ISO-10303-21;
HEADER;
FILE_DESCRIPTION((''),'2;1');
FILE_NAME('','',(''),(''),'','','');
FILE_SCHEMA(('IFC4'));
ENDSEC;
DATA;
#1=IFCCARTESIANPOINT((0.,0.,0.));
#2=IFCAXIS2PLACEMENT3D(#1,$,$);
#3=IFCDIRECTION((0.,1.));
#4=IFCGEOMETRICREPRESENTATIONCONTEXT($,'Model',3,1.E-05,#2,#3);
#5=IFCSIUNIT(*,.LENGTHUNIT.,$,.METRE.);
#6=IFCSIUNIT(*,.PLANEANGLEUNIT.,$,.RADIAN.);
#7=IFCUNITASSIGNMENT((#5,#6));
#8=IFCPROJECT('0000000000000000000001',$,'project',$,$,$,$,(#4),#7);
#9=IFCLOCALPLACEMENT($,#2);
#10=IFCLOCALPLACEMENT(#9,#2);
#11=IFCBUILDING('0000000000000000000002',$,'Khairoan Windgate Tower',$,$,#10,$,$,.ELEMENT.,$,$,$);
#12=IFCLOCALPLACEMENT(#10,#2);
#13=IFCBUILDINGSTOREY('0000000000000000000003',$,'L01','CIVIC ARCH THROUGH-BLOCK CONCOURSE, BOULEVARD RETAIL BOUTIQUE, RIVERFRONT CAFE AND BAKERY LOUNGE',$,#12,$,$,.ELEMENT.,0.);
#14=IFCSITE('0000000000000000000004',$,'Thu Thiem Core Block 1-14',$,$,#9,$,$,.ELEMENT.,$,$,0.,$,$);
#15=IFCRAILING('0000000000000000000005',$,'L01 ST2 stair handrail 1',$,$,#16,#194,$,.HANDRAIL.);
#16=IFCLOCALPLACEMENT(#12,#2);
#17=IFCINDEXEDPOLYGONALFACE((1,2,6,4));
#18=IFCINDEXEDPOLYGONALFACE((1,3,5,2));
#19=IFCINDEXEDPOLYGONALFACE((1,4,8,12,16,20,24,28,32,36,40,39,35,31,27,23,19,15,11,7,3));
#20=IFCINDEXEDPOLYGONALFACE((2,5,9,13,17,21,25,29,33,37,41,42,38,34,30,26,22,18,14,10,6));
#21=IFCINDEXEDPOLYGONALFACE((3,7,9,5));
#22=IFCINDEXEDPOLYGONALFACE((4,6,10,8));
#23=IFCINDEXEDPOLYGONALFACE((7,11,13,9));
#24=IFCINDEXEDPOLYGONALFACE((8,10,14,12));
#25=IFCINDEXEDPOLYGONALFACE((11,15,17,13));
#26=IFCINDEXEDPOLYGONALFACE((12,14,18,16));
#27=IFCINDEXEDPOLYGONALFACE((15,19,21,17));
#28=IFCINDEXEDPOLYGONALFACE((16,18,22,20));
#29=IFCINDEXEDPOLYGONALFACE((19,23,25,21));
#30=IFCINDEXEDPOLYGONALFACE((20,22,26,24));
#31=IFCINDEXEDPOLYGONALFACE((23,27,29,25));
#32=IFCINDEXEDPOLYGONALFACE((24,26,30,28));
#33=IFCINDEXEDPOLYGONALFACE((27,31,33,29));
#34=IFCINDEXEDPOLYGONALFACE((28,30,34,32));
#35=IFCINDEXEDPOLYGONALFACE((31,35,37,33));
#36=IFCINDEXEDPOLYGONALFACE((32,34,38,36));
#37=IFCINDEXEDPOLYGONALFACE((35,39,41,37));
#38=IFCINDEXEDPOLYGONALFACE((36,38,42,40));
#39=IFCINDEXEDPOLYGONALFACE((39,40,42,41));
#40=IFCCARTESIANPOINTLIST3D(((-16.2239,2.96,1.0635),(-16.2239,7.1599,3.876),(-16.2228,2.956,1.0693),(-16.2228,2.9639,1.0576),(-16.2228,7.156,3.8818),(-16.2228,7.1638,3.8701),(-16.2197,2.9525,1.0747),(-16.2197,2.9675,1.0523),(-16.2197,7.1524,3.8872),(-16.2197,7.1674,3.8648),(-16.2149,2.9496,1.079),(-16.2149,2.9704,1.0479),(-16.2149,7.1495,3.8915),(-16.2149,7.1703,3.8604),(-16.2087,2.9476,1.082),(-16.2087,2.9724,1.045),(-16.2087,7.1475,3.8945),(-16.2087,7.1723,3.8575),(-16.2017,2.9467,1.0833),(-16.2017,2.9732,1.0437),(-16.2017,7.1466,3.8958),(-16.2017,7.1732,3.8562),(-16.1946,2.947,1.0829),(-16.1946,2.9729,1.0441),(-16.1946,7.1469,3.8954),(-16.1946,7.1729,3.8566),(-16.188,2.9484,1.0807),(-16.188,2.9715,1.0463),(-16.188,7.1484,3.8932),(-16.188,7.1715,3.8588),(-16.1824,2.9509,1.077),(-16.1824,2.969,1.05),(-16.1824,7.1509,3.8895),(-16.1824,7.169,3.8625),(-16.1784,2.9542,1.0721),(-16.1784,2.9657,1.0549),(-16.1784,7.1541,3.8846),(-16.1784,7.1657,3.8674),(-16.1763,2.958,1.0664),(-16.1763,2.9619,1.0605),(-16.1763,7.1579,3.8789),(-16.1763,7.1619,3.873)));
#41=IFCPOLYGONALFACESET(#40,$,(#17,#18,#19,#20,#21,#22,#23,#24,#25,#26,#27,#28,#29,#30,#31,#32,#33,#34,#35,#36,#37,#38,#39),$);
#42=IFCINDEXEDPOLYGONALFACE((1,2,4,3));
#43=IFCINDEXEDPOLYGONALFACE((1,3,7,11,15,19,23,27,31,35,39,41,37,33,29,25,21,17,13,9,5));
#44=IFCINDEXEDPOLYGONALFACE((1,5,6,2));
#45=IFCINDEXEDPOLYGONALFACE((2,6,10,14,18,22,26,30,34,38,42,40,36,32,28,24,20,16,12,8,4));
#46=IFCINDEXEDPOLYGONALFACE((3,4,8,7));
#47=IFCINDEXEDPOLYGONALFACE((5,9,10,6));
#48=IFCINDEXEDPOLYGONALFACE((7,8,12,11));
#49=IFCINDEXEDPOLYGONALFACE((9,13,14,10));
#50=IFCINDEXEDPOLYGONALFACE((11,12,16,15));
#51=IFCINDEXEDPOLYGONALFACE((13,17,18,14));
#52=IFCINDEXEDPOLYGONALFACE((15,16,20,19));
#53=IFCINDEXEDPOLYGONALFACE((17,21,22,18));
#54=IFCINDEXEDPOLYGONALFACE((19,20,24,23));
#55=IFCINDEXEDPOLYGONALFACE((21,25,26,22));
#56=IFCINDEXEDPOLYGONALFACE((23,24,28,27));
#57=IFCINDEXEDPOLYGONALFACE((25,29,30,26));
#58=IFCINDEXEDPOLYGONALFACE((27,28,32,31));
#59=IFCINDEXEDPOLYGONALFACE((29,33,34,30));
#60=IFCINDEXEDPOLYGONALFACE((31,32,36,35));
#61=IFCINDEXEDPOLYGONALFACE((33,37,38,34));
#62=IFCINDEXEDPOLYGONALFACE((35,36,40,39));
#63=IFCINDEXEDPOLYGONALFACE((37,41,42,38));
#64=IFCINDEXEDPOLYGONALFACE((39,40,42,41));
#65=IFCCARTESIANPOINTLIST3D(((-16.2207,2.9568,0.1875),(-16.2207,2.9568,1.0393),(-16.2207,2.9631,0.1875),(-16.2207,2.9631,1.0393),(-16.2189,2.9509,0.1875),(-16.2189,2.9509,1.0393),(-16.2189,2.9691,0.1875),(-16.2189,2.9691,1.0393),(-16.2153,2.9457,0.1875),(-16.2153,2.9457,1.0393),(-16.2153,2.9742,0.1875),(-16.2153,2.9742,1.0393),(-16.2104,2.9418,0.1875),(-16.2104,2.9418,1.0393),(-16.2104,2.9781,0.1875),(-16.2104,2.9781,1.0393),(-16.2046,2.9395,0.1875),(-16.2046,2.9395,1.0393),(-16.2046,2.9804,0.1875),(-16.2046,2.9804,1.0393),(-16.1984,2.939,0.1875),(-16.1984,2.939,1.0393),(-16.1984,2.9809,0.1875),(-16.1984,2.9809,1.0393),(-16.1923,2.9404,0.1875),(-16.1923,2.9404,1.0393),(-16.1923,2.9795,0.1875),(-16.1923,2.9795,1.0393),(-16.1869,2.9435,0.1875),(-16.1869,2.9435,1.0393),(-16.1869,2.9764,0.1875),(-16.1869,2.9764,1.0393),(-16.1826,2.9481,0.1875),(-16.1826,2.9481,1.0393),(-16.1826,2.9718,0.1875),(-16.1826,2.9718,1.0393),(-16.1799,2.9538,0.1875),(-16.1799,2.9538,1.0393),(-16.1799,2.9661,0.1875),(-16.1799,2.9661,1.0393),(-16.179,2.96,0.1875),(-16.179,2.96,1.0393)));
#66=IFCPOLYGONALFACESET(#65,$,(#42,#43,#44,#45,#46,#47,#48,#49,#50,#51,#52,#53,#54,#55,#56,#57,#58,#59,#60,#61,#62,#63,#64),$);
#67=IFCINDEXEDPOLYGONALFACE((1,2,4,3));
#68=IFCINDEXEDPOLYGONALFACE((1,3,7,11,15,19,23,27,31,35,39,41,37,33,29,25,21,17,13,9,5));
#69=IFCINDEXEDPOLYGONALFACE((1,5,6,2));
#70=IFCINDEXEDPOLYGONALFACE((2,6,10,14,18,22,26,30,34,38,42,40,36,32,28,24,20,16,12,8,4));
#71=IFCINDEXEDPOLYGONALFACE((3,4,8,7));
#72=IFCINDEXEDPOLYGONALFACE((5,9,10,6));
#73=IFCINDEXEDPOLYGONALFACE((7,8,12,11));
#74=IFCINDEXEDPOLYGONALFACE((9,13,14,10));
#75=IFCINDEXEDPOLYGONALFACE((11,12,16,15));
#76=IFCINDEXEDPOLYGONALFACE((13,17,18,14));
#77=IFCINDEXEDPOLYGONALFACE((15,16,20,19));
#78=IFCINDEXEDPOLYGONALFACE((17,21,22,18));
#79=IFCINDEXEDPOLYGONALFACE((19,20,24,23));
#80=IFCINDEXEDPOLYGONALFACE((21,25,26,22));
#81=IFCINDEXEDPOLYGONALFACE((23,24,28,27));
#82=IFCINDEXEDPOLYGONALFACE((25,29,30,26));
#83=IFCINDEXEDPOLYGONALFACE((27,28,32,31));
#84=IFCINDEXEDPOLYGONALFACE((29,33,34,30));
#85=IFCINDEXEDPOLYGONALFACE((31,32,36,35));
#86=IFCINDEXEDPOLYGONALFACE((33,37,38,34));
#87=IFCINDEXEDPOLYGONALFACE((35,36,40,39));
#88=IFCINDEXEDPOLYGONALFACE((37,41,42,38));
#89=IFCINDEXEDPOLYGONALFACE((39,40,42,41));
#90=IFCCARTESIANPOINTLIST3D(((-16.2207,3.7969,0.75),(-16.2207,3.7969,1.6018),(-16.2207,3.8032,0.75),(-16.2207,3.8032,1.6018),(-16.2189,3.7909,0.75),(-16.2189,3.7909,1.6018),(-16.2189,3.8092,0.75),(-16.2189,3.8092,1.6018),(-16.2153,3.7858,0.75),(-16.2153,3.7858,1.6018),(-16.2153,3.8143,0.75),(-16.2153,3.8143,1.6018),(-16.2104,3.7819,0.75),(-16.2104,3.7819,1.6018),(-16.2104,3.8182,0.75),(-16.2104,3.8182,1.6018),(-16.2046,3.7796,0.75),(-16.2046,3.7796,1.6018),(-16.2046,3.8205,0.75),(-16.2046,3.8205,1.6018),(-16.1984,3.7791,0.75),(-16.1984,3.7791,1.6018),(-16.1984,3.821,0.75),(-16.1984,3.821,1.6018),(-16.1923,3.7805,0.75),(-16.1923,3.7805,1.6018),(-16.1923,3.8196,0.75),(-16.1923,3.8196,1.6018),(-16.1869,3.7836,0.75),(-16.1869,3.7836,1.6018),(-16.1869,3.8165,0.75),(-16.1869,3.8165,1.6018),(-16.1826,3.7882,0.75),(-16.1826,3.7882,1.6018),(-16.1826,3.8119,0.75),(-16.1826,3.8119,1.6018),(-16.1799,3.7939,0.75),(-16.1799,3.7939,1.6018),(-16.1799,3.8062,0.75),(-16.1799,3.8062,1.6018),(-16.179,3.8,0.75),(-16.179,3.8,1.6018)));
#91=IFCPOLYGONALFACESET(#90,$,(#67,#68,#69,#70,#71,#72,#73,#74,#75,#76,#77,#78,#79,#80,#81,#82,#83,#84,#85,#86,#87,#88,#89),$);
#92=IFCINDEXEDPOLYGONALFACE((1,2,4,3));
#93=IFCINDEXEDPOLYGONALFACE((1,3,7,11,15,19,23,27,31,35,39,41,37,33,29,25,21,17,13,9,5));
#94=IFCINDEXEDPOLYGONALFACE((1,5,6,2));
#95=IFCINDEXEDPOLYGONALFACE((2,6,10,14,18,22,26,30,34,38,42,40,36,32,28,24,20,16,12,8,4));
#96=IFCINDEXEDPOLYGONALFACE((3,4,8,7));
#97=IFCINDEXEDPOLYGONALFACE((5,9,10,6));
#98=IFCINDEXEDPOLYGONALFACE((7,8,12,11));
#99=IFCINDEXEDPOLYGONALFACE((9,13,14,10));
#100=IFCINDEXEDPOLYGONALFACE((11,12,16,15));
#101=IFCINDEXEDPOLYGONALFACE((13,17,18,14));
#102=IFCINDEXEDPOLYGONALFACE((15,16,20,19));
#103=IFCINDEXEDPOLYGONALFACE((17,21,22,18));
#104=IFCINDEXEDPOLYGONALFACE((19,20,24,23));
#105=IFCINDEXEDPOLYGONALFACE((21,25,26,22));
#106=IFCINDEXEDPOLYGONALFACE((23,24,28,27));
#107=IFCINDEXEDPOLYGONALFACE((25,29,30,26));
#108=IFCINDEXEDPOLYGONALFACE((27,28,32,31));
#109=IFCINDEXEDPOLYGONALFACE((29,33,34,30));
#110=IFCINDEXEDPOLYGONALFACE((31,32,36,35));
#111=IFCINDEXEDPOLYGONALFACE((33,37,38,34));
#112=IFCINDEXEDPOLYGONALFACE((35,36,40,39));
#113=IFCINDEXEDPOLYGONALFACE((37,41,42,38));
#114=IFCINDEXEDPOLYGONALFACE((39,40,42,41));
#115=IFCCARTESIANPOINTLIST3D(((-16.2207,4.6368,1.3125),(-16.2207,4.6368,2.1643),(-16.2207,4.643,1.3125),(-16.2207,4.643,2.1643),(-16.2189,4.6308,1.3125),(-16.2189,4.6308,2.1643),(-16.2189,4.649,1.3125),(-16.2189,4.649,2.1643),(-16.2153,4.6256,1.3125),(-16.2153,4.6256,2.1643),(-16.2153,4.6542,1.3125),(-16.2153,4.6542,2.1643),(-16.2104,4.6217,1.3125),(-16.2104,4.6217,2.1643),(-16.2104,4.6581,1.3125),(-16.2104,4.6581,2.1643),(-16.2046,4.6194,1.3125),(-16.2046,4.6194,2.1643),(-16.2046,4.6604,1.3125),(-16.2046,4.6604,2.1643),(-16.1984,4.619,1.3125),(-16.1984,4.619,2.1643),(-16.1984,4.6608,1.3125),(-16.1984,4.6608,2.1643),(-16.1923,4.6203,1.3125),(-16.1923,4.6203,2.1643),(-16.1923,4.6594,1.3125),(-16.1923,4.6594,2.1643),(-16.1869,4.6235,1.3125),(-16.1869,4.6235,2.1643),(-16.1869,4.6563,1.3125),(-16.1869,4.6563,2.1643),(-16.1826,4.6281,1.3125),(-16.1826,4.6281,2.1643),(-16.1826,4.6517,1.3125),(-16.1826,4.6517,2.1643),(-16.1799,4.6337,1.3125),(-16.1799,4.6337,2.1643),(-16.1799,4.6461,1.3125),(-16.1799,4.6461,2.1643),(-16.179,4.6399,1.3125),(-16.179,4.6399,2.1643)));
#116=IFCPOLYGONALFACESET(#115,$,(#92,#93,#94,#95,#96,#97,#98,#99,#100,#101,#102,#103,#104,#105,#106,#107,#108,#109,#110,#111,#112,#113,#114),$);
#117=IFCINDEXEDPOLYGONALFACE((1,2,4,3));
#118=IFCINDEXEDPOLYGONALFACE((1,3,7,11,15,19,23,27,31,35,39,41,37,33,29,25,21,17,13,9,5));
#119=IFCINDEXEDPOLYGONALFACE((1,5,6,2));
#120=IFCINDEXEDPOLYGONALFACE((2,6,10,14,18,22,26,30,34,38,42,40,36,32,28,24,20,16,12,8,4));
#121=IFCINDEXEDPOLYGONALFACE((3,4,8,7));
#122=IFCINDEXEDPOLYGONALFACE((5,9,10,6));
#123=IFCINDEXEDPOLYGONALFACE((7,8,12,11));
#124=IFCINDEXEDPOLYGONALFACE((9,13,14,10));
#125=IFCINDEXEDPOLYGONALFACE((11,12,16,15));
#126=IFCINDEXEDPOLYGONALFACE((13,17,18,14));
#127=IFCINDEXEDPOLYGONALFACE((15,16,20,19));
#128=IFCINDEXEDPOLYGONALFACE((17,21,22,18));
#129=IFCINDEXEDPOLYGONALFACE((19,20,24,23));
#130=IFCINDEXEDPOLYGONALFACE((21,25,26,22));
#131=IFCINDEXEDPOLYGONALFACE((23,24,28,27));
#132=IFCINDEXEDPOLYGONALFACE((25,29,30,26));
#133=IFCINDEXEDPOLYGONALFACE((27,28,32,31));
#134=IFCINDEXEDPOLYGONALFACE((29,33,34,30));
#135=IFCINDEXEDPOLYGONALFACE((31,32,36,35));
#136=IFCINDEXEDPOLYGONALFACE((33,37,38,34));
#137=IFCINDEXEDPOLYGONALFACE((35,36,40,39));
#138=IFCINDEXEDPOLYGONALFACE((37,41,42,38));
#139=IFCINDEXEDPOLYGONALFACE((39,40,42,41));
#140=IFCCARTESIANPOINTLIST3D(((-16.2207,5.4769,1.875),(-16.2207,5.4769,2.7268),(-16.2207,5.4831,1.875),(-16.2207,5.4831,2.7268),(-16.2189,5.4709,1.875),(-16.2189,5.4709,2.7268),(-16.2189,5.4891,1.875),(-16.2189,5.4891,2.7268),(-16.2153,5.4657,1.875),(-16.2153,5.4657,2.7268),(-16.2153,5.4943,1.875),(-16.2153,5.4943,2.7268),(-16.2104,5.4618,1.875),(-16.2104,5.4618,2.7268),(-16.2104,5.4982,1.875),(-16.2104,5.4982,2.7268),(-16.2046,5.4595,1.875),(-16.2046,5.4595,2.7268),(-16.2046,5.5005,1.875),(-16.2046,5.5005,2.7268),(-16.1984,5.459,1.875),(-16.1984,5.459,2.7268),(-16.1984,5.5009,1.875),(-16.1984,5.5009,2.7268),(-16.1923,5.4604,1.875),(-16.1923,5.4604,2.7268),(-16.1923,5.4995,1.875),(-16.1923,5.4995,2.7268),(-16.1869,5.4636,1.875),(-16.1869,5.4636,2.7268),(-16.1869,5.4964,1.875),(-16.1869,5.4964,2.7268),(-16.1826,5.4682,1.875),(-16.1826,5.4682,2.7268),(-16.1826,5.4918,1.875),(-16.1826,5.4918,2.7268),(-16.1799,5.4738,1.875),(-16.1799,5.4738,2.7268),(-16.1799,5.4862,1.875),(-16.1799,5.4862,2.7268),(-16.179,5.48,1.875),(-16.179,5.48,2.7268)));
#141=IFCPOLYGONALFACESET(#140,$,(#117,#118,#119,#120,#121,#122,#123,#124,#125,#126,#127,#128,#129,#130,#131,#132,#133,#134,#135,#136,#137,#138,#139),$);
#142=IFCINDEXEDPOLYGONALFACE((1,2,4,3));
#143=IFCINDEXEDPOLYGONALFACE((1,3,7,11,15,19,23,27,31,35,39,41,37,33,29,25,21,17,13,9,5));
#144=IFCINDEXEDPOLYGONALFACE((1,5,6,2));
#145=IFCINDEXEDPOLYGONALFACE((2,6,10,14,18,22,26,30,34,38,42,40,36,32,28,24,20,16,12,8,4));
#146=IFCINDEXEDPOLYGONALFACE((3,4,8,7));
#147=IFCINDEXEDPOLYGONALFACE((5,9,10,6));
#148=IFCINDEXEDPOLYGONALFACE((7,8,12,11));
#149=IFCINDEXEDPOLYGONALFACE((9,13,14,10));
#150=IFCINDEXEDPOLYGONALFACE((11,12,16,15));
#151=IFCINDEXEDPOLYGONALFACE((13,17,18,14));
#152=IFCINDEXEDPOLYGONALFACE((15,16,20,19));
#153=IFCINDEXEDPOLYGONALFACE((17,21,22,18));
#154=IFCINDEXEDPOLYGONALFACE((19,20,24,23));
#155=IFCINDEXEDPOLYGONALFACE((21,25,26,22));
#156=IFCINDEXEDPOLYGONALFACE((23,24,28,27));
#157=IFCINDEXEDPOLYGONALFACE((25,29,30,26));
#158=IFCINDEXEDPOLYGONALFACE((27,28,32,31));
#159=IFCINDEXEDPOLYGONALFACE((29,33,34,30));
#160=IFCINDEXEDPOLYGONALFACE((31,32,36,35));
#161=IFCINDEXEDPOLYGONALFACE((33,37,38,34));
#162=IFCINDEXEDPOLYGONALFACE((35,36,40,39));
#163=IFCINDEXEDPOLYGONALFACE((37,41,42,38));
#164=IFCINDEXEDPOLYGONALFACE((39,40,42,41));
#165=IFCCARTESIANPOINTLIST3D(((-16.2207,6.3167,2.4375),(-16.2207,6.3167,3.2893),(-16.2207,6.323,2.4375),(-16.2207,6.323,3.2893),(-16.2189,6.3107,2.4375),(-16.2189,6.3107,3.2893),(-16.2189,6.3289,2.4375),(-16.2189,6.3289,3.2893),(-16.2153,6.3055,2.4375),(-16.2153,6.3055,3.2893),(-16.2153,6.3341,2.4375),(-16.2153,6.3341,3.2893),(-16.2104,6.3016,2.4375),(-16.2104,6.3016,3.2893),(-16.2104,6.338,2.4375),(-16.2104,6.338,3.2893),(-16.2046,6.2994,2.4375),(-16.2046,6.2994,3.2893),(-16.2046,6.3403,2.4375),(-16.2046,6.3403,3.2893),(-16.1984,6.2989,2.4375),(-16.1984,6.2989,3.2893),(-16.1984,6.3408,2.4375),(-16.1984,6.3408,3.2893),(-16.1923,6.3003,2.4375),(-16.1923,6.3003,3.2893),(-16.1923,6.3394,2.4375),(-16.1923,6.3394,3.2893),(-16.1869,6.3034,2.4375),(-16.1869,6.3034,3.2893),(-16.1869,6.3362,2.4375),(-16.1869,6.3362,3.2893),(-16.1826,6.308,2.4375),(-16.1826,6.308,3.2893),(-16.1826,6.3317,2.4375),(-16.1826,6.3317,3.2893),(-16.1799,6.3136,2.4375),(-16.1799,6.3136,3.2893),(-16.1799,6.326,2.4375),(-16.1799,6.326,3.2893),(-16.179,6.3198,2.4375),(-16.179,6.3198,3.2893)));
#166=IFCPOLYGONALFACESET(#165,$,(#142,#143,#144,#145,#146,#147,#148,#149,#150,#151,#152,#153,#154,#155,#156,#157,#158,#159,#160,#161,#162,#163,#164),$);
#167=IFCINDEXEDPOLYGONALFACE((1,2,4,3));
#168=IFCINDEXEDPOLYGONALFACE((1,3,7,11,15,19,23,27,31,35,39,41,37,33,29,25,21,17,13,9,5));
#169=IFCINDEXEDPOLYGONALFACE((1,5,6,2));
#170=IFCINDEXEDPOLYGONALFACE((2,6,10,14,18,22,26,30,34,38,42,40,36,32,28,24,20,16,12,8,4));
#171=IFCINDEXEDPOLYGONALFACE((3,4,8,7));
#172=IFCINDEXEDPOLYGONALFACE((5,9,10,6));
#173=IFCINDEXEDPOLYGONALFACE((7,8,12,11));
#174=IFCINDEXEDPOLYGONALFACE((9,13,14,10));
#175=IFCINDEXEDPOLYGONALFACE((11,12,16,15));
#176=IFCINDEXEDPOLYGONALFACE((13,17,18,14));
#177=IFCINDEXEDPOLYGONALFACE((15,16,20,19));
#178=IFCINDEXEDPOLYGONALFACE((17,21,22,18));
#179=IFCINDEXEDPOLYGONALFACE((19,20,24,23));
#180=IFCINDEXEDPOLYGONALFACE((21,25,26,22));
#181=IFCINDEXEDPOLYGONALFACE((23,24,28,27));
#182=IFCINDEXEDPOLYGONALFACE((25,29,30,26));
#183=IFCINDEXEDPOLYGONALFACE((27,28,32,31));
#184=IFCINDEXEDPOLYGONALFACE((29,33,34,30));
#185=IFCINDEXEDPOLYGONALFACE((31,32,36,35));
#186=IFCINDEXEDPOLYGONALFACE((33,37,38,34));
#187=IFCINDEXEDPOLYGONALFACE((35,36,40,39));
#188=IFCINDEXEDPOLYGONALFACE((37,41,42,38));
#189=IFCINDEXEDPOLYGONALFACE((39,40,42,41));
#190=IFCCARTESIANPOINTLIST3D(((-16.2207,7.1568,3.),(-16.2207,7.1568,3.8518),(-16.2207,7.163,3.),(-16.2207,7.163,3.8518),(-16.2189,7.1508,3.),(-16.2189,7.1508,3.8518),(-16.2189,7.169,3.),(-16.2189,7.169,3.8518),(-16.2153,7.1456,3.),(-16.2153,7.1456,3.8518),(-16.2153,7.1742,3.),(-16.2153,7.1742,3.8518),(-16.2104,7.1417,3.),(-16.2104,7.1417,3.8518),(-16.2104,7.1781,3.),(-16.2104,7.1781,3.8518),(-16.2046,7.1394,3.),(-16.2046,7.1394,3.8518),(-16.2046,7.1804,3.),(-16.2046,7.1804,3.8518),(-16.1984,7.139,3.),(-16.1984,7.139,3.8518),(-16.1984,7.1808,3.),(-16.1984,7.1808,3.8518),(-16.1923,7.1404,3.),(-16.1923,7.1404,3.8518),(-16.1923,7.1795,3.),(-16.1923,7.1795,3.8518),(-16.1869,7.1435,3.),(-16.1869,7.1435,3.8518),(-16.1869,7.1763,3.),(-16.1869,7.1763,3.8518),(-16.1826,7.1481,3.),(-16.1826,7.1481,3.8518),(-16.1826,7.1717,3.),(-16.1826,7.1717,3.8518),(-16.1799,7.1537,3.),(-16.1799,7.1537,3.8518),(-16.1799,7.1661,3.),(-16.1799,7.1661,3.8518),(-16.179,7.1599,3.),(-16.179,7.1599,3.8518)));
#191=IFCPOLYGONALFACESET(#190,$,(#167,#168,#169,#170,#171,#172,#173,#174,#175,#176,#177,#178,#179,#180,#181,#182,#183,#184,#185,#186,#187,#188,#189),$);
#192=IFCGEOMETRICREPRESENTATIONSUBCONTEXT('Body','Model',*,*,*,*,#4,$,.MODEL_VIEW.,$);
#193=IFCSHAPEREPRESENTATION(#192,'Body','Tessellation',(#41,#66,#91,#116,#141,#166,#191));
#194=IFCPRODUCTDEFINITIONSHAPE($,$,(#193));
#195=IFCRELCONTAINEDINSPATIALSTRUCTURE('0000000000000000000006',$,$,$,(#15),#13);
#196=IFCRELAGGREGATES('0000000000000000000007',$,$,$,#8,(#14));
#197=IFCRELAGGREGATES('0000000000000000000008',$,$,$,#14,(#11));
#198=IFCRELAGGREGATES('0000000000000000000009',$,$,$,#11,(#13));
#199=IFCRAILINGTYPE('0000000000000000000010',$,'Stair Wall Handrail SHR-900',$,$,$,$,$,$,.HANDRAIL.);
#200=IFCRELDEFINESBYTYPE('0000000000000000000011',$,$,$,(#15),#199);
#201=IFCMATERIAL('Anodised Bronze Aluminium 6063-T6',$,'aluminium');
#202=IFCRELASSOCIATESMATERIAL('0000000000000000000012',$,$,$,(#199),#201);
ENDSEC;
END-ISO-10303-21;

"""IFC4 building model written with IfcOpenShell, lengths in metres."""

from ifc_helpers import new_model, si_unit, direction, frame, origin, origin_2d, place, context, subcontext, project, spatial, circle, extrude, material, type_object, element, save


model = new_model("IFC4")

# Units and contexts
model_context = context("Model", 3, precision=1e-05, world=origin(), true_north=direction((0.0, 1.0)))
body_context = subcontext(model_context, "Body", "Model", "MODEL_VIEW")
ifc_project = project(units=[si_unit("LENGTHUNIT", "METRE"), si_unit("PLANEANGLEUNIT", "RADIAN")], contexts=[model_context])

# Site, building, storey
site_placement = place(None, origin())
site = spatial("IfcSite", under=ifc_project, at=site_placement, Name="Thu Thiem Core Block 1-14", CompositionType="ELEMENT", RefElevation=0.0)
building_placement = place(site_placement, origin())
building = spatial("IfcBuilding", under=site, at=building_placement, Name="Khairoan Windgate Tower", CompositionType="ELEMENT")
storey_placement = place(building_placement, origin())
storey = spatial("IfcBuildingStorey", under=building, at=storey_placement, Name="L01", Description="CIVIC ARCH THROUGH-BLOCK CONCOURSE, BOULEVARD RETAIL BOUTIQUE, RIVERFRONT CAFE AND BAKERY LOUNGE", CompositionType="ELEMENT", Elevation=0.0)

# Railing
ifc_material_1 = material(Name="Anodised Bronze Aluminium 6063-T6", Category="aluminium")
railing_type_1 = type_object("IfcRailingType", Name="Stair Wall Handrail SHR-900", PredefinedType="HANDRAIL", material=ifc_material_1)
railing_1_placement = place(storey_placement, frame((-16.2, 2.96, 0.1875)))
element("IfcRailing", 1, at=railing_1_placement, inside=storey, type_object=railing_type_1, Name="L01 ST2 stair handrail 1", PredefinedType="HANDRAIL", context=body_context, shape_type="SweptSolid", body=[
    extrude(circle(Radius=0.0239, at=origin_2d()), frame((0.0, 0.0, 0.876), z_axis=(0.0, 0.830904, 0.556416), x_axis=(-1.0, 0.0, 0.0)), (0.0, 0.0, 1.0), 5.0547),
    extrude(circle(Radius=0.021, at=origin_2d()), origin(), (0.0, 0.0, 1.0), 0.8518),
    extrude(circle(Radius=0.021, at=origin_2d()), frame((0.0, 0.8401, 0.5625)), (0.0, 0.0, 1.0), 0.8518),
    extrude(circle(Radius=0.021, at=origin_2d()), frame((0.0, 1.6799, 1.125)), (0.0, 0.0, 1.0), 0.8518),
    extrude(circle(Radius=0.021, at=origin_2d()), frame((0.0, 2.52, 1.6875)), (0.0, 0.0, 1.0), 0.8518),
    extrude(circle(Radius=0.021, at=origin_2d()), frame((0.0, 3.3599, 2.25)), (0.0, 0.0, 1.0), 0.8518),
    extrude(circle(Radius=0.021, at=origin_2d()), frame((0.0, 4.2, 2.8125)), (0.0, 0.0, 1.0), 0.8518),
])

save(model, "model.ifc")
